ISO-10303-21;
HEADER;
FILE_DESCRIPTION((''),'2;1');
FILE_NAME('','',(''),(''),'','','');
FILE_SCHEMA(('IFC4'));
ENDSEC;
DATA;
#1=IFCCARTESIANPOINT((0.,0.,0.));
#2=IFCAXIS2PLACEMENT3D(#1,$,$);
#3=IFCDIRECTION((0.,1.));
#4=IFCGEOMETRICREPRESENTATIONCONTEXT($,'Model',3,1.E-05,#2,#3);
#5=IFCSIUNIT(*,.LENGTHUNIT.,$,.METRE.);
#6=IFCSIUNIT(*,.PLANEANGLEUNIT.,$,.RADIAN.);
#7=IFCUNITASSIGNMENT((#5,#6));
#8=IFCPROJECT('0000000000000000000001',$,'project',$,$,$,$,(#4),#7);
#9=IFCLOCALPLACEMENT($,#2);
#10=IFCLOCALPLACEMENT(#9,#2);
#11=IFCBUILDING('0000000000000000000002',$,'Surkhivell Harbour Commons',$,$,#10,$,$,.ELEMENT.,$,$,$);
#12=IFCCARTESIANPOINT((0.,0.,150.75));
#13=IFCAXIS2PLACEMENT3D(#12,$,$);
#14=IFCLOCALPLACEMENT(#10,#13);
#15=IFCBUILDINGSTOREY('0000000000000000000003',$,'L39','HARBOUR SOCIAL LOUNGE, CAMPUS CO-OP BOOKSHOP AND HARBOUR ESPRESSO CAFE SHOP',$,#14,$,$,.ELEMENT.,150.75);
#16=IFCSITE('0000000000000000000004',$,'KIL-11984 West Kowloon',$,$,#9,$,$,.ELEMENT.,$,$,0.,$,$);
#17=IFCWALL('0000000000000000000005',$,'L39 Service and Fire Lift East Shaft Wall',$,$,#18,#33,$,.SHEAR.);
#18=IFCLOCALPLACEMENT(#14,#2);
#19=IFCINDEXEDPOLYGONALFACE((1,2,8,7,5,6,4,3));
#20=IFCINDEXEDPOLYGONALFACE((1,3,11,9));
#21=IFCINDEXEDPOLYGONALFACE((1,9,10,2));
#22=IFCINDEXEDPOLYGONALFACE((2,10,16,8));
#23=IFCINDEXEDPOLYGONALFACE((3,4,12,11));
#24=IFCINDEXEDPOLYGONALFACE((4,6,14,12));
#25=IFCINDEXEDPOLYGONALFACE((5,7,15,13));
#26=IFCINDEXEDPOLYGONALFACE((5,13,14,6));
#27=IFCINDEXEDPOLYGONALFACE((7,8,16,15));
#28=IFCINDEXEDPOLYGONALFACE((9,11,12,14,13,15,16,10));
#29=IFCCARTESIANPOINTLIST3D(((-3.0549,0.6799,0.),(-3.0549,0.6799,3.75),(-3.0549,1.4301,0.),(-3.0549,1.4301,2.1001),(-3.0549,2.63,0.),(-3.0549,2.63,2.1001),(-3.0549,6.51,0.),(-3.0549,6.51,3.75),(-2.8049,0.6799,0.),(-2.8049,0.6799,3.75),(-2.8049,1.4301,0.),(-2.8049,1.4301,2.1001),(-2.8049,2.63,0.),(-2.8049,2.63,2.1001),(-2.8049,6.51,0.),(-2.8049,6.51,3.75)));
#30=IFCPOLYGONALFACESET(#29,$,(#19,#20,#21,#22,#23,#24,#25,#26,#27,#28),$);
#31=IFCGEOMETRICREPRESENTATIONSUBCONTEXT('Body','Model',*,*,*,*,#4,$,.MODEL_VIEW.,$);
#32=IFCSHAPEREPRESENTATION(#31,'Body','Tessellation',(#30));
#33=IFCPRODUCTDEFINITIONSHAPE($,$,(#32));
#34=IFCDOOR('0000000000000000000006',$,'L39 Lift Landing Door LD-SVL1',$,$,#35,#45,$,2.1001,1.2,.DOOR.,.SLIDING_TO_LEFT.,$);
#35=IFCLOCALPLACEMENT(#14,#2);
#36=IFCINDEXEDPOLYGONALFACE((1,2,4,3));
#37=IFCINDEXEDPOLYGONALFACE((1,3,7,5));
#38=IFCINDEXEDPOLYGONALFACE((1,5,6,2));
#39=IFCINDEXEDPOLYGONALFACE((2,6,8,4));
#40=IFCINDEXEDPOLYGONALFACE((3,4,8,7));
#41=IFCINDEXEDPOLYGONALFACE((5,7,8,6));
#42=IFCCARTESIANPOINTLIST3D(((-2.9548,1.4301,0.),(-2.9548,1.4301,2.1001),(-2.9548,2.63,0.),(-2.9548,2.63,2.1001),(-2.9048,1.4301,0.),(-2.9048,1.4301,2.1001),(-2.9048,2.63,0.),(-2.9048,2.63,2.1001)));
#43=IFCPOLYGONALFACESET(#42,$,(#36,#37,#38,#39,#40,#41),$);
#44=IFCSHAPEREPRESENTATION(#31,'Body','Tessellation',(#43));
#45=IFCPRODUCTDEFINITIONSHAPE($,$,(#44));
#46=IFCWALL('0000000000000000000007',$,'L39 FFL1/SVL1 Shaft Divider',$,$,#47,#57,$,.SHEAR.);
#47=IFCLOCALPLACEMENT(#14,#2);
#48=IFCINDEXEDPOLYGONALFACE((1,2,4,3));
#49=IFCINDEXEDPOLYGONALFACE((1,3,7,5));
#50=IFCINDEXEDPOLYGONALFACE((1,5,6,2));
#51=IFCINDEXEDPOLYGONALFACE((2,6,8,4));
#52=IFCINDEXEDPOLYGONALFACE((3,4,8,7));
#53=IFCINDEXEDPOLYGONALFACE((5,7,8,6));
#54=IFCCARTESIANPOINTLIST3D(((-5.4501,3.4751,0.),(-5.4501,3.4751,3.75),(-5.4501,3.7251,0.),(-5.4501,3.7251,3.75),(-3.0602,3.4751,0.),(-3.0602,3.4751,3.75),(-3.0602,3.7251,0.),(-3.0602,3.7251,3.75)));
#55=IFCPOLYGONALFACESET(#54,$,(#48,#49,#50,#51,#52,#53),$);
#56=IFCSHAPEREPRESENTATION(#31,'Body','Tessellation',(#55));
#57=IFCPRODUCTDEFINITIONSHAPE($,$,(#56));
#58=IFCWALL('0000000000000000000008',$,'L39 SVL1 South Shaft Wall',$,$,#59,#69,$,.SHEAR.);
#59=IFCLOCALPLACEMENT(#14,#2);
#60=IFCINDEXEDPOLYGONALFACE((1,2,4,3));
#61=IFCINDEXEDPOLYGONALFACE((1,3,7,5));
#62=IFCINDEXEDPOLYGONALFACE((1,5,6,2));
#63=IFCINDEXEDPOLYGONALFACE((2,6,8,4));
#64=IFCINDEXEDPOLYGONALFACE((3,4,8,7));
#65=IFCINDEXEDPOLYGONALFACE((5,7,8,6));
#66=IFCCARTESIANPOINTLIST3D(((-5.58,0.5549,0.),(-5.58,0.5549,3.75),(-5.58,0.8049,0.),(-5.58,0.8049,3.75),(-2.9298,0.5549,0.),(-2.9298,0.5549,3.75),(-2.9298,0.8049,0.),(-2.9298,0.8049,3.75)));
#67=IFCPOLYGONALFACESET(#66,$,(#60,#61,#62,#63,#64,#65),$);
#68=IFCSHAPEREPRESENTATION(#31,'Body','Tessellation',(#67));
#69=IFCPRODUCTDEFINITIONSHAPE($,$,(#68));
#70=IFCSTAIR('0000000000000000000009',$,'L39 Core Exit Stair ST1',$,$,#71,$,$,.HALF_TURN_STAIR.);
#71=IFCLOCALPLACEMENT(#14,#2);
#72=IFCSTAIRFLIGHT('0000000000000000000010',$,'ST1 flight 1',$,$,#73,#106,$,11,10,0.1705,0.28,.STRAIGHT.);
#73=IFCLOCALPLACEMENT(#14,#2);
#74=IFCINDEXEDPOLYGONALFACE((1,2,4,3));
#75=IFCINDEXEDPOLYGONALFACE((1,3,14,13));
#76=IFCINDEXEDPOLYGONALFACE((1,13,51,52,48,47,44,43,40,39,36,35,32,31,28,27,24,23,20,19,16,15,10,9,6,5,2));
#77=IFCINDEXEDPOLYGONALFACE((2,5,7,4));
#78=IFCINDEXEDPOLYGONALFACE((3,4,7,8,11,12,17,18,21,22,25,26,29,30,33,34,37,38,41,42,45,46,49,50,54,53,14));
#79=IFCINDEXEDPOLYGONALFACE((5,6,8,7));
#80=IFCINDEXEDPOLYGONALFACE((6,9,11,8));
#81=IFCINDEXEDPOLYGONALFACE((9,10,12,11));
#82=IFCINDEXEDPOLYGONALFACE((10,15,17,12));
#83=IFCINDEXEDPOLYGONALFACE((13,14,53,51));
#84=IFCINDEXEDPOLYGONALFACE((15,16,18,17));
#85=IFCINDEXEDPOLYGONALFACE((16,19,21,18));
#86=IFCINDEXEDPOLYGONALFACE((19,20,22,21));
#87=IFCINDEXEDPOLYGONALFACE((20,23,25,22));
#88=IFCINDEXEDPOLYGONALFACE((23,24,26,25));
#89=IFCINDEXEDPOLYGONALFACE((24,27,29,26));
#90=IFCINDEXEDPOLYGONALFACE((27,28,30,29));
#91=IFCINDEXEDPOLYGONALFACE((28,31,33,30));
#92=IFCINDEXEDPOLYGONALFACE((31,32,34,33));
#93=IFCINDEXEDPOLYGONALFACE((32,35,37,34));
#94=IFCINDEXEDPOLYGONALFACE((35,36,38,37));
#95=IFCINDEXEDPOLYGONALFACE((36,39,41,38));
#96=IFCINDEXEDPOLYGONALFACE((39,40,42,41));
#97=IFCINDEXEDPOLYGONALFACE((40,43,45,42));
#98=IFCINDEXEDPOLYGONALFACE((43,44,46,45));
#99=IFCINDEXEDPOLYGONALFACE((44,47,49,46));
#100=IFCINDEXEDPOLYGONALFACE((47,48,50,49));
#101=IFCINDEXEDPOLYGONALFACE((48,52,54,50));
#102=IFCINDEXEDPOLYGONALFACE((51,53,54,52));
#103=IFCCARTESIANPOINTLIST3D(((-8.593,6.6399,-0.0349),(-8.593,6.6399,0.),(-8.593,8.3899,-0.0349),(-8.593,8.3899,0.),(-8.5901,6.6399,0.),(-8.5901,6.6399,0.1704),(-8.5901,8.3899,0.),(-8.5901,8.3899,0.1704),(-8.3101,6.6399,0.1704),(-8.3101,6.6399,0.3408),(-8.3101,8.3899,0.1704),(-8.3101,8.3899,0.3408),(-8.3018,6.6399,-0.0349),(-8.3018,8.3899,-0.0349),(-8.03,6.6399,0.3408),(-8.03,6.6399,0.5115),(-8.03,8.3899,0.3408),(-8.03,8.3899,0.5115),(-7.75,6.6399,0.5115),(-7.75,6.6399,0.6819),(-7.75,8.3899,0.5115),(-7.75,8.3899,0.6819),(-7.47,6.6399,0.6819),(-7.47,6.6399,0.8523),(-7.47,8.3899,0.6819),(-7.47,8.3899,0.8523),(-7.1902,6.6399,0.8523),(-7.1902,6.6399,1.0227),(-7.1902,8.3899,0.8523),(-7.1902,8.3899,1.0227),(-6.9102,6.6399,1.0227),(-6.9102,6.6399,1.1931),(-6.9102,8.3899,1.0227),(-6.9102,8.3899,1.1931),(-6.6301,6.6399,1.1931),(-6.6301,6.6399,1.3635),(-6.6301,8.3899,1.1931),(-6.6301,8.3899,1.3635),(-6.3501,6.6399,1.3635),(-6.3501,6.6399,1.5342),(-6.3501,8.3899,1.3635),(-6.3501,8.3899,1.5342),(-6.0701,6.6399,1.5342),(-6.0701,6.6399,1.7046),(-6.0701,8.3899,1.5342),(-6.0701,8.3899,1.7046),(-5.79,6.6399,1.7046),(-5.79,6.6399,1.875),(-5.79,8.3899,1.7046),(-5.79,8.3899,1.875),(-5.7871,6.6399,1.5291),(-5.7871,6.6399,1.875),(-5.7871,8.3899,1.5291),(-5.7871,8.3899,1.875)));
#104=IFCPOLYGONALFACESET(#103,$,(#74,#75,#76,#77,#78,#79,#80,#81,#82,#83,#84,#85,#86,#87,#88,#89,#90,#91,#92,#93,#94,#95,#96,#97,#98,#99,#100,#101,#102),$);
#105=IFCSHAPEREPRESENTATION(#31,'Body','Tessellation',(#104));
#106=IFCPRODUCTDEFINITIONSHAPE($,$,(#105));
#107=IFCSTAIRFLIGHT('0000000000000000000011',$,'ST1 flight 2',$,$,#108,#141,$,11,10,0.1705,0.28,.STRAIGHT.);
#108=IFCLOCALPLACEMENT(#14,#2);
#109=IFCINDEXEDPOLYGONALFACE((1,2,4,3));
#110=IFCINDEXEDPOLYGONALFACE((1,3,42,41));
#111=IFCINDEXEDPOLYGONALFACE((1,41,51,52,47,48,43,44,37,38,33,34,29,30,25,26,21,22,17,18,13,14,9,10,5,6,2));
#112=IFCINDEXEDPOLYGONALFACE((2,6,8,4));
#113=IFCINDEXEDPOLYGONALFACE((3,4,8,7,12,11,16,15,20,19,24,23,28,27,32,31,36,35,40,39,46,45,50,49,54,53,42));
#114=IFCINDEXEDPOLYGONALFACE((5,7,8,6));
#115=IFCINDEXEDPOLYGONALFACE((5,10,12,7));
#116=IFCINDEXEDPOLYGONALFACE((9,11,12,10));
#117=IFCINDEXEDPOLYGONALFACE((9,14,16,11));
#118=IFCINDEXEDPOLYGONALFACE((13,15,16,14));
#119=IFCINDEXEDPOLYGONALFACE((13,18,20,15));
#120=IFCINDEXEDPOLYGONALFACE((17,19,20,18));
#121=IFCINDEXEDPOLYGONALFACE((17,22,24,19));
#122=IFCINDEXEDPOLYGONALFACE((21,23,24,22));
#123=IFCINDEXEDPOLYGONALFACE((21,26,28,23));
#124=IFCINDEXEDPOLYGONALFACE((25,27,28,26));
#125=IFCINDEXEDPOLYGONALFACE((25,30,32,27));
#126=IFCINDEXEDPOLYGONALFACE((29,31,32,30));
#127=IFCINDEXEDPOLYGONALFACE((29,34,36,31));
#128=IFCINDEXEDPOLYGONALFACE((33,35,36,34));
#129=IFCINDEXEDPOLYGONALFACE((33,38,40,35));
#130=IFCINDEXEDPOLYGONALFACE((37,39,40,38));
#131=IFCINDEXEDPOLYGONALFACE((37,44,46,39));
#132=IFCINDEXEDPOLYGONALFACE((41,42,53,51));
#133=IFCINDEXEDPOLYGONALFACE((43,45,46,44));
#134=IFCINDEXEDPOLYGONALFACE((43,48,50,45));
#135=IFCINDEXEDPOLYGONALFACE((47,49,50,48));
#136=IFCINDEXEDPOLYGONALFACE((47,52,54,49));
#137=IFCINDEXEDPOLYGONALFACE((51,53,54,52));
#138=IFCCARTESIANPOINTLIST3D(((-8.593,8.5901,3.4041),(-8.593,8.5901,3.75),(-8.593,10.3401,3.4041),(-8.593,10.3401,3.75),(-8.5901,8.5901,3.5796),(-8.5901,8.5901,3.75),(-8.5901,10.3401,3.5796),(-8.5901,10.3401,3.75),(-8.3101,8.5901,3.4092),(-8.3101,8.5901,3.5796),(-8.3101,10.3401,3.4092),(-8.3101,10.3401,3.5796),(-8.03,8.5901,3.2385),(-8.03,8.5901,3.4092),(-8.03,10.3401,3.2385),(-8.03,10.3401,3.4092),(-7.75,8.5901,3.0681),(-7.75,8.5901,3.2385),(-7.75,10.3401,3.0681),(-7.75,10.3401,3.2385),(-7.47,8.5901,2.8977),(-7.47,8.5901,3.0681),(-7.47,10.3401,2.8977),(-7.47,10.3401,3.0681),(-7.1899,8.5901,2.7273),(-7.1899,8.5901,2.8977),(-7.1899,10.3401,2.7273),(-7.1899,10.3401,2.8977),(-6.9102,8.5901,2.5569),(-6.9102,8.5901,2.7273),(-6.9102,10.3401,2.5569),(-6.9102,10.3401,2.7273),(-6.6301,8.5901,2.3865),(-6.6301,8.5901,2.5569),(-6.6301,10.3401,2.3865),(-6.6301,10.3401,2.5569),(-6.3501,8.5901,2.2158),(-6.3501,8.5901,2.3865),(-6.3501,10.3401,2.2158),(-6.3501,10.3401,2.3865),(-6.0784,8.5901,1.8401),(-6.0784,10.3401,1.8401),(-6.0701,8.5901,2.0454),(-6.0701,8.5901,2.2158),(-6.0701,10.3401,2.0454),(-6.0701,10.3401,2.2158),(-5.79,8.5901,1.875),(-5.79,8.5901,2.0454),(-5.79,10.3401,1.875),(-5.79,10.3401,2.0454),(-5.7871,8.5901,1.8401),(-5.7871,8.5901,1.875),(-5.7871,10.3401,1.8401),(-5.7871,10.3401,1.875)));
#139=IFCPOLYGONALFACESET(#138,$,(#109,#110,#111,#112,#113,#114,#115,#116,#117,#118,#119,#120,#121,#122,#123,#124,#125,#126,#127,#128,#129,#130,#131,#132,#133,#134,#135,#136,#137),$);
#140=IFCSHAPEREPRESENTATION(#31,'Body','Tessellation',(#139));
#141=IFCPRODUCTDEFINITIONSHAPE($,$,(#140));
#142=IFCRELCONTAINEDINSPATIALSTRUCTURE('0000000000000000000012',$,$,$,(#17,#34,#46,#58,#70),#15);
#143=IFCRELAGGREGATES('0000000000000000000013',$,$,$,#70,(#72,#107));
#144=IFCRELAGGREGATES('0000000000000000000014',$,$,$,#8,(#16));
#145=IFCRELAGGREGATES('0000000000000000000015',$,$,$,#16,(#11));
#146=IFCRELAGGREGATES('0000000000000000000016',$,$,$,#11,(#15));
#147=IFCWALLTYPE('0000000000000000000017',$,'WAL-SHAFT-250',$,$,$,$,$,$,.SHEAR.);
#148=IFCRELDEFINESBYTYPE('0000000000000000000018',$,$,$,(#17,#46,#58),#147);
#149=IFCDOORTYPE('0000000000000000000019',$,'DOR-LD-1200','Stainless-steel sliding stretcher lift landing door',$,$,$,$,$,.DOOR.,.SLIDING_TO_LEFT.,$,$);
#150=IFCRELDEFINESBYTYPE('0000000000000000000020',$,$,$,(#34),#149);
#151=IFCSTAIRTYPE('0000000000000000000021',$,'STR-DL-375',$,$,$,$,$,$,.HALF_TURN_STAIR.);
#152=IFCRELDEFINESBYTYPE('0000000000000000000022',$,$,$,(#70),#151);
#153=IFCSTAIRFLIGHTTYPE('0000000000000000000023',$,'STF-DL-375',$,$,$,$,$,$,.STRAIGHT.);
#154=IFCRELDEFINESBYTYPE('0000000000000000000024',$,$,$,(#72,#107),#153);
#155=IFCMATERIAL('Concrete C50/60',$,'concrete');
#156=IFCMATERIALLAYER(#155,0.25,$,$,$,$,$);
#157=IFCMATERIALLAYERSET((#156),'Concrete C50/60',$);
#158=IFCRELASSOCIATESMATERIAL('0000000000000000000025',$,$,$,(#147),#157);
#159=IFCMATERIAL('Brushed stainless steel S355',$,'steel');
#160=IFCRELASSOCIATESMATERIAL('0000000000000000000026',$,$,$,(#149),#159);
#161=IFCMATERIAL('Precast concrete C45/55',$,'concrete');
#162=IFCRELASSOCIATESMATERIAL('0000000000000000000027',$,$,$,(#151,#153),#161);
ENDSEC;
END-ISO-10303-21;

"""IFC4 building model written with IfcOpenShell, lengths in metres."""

from ifc_helpers import new_model, si_unit, direction, frame, frame_2d, origin, place, context, subcontext, project, spatial, polyline, rectangle, outline, extrude, material, layer, layer_set, type_object, element, fill, aggregate, save


model = new_model("IFC4")

# Units and contexts
model_context = context("Model", 3, precision=1e-05, world=origin(), true_north=direction((0.0, 1.0)))
body_context = subcontext(model_context, "Body", "Model", "MODEL_VIEW")
ifc_project = project(units=[si_unit("LENGTHUNIT", "METRE"), si_unit("PLANEANGLEUNIT", "RADIAN")], contexts=[model_context])

# Site, building, storey
site_placement = place(None, origin())
site = spatial("IfcSite", under=ifc_project, at=site_placement, Name="KIL-11984 West Kowloon", CompositionType="ELEMENT", RefElevation=0.0)
building_placement = place(site_placement, origin())
building = spatial("IfcBuilding", under=site, at=building_placement, Name="Surkhivell Harbour Commons", CompositionType="ELEMENT")
storey_placement = place(building_placement, frame((0.0, 0.0, 150.75)))
storey = spatial("IfcBuildingStorey", under=building, at=storey_placement, Name="L39", Description="HARBOUR SOCIAL LOUNGE, CAMPUS CO-OP BOOKSHOP AND HARBOUR ESPRESSO CAFE SHOP", CompositionType="ELEMENT", Elevation=150.75)

# Shared definitions
ifc_material_1 = material(Name="Concrete C50/60", Category="concrete")
ifc_layer_1 = layer(ifc_material_1, 0.25)
ifc_layer_set_1 = layer_set([ifc_layer_1], Name="Concrete C50/60")
wall_type_1 = type_object("IfcWallType", Name="WAL-SHAFT-250", PredefinedType="SHEAR", material=ifc_layer_set_1)
ifc_material_2 = material(Name="Brushed stainless steel S355", Category="steel")

# Wall, opening, door
wall_1_placement = place(storey_placement, frame((-2.9299, 0.6799, 0.0), z_axis=(0.0, 0.0, 1.0), x_axis=(0.0, 1.0, 0.0)))
wall_1 = element("IfcWall", 1, at=wall_1_placement, inside=storey, type_object=wall_type_1, Name="L39 Service and Fire Lift East Shaft Wall", PredefinedType="SHEAR", context=body_context, shape_type="SweptSolid", body=[
    extrude(rectangle(XDim=5.8301, YDim=0.25, at=frame_2d((2.915, 0.0))), origin(), (0.0, 0.0, 1.0), 3.75),
])
opening_1_placement = place(wall_1_placement, frame((0.75, 0.0, 0.0)))
opening_1 = element("IfcOpeningElement", 2, at=opening_1_placement, cuts=wall_1, PredefinedType="OPENING", context=body_context, shape_type="SweptSolid", body=[
    extrude(rectangle(XDim=1.2, YDim=2.1001, at=frame_2d((0.6001, 1.05))), frame((0.0, 0.135, 0.0), z_axis=(0.0, -1.0, 0.0), x_axis=(1.0, 0.0, 0.0)), (0.0, 0.0, 1.0), 0.27),
])
door_type_1 = type_object("IfcDoorType", Name="DOR-LD-1200", Description="Stainless-steel sliding stretcher lift landing door", OperationType="SLIDING_TO_LEFT", PredefinedType="DOOR", material=ifc_material_2)
door_1_placement = place(opening_1_placement, origin())
door_1 = element("IfcDoor", 3, at=door_1_placement, inside=storey, type_object=door_type_1, Name="L39 Lift Landing Door LD-SVL1", OperationType="SLIDING_TO_LEFT", OverallHeight=2.1001, OverallWidth=1.2, PredefinedType="DOOR", context=body_context, shape_type="SweptSolid", body=[
    extrude(rectangle(XDim=1.2, YDim=2.1001, at=frame_2d((0.6001, 1.05))), frame((0.0, 0.0249, 0.0), z_axis=(0.0, -1.0, 0.0), x_axis=(1.0, 0.0, 0.0)), (0.0, 0.0, 1.0), 0.05),
])
fill(opening_1, door_1)

# Walls
wall_2_placement = place(storey_placement, frame((-5.45, 3.6001, 0.0), z_axis=(0.0, 0.0, 1.0), x_axis=(1.0, 0.0, 0.0)))
element("IfcWall", 4, at=wall_2_placement, inside=storey, type_object=wall_type_1, Name="L39 FFL1/SVL1 Shaft Divider", PredefinedType="SHEAR", context=body_context, shape_type="SweptSolid", body=[
    extrude(rectangle(XDim=2.3899, YDim=0.25, at=frame_2d((1.1948, 0.0))), origin(), (0.0, 0.0, 1.0), 3.75),
])
wall_3_placement = place(storey_placement, frame((-5.5801, 0.6799, 0.0), z_axis=(0.0, 0.0, 1.0), x_axis=(1.0, 0.0, 0.0)))
element("IfcWall", 5, at=wall_3_placement, inside=storey, type_object=wall_type_1, Name="L39 SVL1 South Shaft Wall", PredefinedType="SHEAR", context=body_context, shape_type="SweptSolid", body=[
    extrude(rectangle(XDim=2.6501, YDim=0.25, at=frame_2d((1.3252, 0.0))), origin(), (0.0, 0.0, 1.0), 3.75),
])

# Stair, stair flights
ifc_material_3 = material(Name="Precast concrete C45/55", Category="concrete")
stair_type = type_object("IfcStairType", Name="STR-DL-375", PredefinedType="HALF_TURN_STAIR", material=ifc_material_3)
stair_placement = place(storey_placement, origin())
stair = element("IfcStair", 6, at=stair_placement, inside=storey, type_object=stair_type, Name="L39 Core Exit Stair ST1", PredefinedType="HALF_TURN_STAIR")
stair_flight_type = type_object("IfcStairFlightType", Name="STF-DL-375", PredefinedType="STRAIGHT", material=ifc_material_3)
stair_flight_1_placement = place(storey_placement, frame((-8.5901, 7.5149, 0.0), z_axis=(0.0, 0.0, 1.0), x_axis=(1.0, 0.0, 0.0)))
stair_flight_1 = element("IfcStairFlight", 7, at=stair_flight_1_placement, type_object=stair_flight_type, Name="ST1 flight 1", NumberOfRisers=11, NumberOfTreads=10, PredefinedType="STRAIGHT", RiserHeight=0.1705, TreadLength=0.28, context=body_context, shape_type="SweptSolid", body=[
    extrude(outline(polyline([(-0.0029, -0.0349), (-0.0029, 0.0), (0.0, 0.0), (0.0, 0.1704), (0.28, 0.1704), (0.28, 0.3408), (0.5601, 0.3408), (0.5601, 0.5115), (0.8401, 0.5115), (0.8401, 0.6819), (1.1201, 0.6819), (1.1201, 0.8523), (1.3999, 0.8523), (1.3999, 1.0227), (1.6799, 1.0227), (1.6799, 1.1931), (1.96, 1.1931), (1.96, 1.3635), (2.24, 1.3635), (2.24, 1.5342), (2.52, 1.5342), (2.52, 1.7046), (2.8, 1.7046), (2.8, 1.875), (2.803, 1.875), (2.803, 1.5291), (0.2883, -0.0349), (-0.0029, -0.0349)])), frame((0.0, 0.875, 0.0), z_axis=(0.0, -1.0, 0.0), x_axis=(1.0, 0.0, 0.0)), (0.0, 0.0, 1.0), 1.75),
])
stair_flight_2_placement = place(storey_placement, frame((-5.79, 9.4651, 1.875), z_axis=(0.0, 0.0, 1.0), x_axis=(-1.0, 0.0, 0.0)))
stair_flight_2 = element("IfcStairFlight", 8, at=stair_flight_2_placement, type_object=stair_flight_type, Name="ST1 flight 2", NumberOfRisers=11, NumberOfTreads=10, PredefinedType="STRAIGHT", RiserHeight=0.1705, TreadLength=0.28, context=body_context, shape_type="SweptSolid", body=[
    extrude(outline(polyline([(-0.0029, -0.0349), (-0.0029, 0.0), (0.0, 0.0), (0.0, 0.1704), (0.28, 0.1704), (0.28, 0.3408), (0.5601, 0.3408), (0.5601, 0.5115), (0.8401, 0.5115), (0.8401, 0.6819), (1.1201, 0.6819), (1.1201, 0.8523), (1.3999, 0.8523), (1.3999, 1.0227), (1.6799, 1.0227), (1.6799, 1.1931), (1.96, 1.1931), (1.96, 1.3635), (2.24, 1.3635), (2.24, 1.5342), (2.52, 1.5342), (2.52, 1.7046), (2.8, 1.7046), (2.8, 1.875), (2.803, 1.875), (2.803, 1.5291), (0.2883, -0.0349), (-0.0029, -0.0349)])), frame((0.0, 0.875, 0.0), z_axis=(0.0, -1.0, 0.0), x_axis=(1.0, 0.0, 0.0)), (0.0, 0.0, 1.0), 1.75),
])
aggregate(stair, [stair_flight_1, stair_flight_2])

save(model, "model.ifc")
